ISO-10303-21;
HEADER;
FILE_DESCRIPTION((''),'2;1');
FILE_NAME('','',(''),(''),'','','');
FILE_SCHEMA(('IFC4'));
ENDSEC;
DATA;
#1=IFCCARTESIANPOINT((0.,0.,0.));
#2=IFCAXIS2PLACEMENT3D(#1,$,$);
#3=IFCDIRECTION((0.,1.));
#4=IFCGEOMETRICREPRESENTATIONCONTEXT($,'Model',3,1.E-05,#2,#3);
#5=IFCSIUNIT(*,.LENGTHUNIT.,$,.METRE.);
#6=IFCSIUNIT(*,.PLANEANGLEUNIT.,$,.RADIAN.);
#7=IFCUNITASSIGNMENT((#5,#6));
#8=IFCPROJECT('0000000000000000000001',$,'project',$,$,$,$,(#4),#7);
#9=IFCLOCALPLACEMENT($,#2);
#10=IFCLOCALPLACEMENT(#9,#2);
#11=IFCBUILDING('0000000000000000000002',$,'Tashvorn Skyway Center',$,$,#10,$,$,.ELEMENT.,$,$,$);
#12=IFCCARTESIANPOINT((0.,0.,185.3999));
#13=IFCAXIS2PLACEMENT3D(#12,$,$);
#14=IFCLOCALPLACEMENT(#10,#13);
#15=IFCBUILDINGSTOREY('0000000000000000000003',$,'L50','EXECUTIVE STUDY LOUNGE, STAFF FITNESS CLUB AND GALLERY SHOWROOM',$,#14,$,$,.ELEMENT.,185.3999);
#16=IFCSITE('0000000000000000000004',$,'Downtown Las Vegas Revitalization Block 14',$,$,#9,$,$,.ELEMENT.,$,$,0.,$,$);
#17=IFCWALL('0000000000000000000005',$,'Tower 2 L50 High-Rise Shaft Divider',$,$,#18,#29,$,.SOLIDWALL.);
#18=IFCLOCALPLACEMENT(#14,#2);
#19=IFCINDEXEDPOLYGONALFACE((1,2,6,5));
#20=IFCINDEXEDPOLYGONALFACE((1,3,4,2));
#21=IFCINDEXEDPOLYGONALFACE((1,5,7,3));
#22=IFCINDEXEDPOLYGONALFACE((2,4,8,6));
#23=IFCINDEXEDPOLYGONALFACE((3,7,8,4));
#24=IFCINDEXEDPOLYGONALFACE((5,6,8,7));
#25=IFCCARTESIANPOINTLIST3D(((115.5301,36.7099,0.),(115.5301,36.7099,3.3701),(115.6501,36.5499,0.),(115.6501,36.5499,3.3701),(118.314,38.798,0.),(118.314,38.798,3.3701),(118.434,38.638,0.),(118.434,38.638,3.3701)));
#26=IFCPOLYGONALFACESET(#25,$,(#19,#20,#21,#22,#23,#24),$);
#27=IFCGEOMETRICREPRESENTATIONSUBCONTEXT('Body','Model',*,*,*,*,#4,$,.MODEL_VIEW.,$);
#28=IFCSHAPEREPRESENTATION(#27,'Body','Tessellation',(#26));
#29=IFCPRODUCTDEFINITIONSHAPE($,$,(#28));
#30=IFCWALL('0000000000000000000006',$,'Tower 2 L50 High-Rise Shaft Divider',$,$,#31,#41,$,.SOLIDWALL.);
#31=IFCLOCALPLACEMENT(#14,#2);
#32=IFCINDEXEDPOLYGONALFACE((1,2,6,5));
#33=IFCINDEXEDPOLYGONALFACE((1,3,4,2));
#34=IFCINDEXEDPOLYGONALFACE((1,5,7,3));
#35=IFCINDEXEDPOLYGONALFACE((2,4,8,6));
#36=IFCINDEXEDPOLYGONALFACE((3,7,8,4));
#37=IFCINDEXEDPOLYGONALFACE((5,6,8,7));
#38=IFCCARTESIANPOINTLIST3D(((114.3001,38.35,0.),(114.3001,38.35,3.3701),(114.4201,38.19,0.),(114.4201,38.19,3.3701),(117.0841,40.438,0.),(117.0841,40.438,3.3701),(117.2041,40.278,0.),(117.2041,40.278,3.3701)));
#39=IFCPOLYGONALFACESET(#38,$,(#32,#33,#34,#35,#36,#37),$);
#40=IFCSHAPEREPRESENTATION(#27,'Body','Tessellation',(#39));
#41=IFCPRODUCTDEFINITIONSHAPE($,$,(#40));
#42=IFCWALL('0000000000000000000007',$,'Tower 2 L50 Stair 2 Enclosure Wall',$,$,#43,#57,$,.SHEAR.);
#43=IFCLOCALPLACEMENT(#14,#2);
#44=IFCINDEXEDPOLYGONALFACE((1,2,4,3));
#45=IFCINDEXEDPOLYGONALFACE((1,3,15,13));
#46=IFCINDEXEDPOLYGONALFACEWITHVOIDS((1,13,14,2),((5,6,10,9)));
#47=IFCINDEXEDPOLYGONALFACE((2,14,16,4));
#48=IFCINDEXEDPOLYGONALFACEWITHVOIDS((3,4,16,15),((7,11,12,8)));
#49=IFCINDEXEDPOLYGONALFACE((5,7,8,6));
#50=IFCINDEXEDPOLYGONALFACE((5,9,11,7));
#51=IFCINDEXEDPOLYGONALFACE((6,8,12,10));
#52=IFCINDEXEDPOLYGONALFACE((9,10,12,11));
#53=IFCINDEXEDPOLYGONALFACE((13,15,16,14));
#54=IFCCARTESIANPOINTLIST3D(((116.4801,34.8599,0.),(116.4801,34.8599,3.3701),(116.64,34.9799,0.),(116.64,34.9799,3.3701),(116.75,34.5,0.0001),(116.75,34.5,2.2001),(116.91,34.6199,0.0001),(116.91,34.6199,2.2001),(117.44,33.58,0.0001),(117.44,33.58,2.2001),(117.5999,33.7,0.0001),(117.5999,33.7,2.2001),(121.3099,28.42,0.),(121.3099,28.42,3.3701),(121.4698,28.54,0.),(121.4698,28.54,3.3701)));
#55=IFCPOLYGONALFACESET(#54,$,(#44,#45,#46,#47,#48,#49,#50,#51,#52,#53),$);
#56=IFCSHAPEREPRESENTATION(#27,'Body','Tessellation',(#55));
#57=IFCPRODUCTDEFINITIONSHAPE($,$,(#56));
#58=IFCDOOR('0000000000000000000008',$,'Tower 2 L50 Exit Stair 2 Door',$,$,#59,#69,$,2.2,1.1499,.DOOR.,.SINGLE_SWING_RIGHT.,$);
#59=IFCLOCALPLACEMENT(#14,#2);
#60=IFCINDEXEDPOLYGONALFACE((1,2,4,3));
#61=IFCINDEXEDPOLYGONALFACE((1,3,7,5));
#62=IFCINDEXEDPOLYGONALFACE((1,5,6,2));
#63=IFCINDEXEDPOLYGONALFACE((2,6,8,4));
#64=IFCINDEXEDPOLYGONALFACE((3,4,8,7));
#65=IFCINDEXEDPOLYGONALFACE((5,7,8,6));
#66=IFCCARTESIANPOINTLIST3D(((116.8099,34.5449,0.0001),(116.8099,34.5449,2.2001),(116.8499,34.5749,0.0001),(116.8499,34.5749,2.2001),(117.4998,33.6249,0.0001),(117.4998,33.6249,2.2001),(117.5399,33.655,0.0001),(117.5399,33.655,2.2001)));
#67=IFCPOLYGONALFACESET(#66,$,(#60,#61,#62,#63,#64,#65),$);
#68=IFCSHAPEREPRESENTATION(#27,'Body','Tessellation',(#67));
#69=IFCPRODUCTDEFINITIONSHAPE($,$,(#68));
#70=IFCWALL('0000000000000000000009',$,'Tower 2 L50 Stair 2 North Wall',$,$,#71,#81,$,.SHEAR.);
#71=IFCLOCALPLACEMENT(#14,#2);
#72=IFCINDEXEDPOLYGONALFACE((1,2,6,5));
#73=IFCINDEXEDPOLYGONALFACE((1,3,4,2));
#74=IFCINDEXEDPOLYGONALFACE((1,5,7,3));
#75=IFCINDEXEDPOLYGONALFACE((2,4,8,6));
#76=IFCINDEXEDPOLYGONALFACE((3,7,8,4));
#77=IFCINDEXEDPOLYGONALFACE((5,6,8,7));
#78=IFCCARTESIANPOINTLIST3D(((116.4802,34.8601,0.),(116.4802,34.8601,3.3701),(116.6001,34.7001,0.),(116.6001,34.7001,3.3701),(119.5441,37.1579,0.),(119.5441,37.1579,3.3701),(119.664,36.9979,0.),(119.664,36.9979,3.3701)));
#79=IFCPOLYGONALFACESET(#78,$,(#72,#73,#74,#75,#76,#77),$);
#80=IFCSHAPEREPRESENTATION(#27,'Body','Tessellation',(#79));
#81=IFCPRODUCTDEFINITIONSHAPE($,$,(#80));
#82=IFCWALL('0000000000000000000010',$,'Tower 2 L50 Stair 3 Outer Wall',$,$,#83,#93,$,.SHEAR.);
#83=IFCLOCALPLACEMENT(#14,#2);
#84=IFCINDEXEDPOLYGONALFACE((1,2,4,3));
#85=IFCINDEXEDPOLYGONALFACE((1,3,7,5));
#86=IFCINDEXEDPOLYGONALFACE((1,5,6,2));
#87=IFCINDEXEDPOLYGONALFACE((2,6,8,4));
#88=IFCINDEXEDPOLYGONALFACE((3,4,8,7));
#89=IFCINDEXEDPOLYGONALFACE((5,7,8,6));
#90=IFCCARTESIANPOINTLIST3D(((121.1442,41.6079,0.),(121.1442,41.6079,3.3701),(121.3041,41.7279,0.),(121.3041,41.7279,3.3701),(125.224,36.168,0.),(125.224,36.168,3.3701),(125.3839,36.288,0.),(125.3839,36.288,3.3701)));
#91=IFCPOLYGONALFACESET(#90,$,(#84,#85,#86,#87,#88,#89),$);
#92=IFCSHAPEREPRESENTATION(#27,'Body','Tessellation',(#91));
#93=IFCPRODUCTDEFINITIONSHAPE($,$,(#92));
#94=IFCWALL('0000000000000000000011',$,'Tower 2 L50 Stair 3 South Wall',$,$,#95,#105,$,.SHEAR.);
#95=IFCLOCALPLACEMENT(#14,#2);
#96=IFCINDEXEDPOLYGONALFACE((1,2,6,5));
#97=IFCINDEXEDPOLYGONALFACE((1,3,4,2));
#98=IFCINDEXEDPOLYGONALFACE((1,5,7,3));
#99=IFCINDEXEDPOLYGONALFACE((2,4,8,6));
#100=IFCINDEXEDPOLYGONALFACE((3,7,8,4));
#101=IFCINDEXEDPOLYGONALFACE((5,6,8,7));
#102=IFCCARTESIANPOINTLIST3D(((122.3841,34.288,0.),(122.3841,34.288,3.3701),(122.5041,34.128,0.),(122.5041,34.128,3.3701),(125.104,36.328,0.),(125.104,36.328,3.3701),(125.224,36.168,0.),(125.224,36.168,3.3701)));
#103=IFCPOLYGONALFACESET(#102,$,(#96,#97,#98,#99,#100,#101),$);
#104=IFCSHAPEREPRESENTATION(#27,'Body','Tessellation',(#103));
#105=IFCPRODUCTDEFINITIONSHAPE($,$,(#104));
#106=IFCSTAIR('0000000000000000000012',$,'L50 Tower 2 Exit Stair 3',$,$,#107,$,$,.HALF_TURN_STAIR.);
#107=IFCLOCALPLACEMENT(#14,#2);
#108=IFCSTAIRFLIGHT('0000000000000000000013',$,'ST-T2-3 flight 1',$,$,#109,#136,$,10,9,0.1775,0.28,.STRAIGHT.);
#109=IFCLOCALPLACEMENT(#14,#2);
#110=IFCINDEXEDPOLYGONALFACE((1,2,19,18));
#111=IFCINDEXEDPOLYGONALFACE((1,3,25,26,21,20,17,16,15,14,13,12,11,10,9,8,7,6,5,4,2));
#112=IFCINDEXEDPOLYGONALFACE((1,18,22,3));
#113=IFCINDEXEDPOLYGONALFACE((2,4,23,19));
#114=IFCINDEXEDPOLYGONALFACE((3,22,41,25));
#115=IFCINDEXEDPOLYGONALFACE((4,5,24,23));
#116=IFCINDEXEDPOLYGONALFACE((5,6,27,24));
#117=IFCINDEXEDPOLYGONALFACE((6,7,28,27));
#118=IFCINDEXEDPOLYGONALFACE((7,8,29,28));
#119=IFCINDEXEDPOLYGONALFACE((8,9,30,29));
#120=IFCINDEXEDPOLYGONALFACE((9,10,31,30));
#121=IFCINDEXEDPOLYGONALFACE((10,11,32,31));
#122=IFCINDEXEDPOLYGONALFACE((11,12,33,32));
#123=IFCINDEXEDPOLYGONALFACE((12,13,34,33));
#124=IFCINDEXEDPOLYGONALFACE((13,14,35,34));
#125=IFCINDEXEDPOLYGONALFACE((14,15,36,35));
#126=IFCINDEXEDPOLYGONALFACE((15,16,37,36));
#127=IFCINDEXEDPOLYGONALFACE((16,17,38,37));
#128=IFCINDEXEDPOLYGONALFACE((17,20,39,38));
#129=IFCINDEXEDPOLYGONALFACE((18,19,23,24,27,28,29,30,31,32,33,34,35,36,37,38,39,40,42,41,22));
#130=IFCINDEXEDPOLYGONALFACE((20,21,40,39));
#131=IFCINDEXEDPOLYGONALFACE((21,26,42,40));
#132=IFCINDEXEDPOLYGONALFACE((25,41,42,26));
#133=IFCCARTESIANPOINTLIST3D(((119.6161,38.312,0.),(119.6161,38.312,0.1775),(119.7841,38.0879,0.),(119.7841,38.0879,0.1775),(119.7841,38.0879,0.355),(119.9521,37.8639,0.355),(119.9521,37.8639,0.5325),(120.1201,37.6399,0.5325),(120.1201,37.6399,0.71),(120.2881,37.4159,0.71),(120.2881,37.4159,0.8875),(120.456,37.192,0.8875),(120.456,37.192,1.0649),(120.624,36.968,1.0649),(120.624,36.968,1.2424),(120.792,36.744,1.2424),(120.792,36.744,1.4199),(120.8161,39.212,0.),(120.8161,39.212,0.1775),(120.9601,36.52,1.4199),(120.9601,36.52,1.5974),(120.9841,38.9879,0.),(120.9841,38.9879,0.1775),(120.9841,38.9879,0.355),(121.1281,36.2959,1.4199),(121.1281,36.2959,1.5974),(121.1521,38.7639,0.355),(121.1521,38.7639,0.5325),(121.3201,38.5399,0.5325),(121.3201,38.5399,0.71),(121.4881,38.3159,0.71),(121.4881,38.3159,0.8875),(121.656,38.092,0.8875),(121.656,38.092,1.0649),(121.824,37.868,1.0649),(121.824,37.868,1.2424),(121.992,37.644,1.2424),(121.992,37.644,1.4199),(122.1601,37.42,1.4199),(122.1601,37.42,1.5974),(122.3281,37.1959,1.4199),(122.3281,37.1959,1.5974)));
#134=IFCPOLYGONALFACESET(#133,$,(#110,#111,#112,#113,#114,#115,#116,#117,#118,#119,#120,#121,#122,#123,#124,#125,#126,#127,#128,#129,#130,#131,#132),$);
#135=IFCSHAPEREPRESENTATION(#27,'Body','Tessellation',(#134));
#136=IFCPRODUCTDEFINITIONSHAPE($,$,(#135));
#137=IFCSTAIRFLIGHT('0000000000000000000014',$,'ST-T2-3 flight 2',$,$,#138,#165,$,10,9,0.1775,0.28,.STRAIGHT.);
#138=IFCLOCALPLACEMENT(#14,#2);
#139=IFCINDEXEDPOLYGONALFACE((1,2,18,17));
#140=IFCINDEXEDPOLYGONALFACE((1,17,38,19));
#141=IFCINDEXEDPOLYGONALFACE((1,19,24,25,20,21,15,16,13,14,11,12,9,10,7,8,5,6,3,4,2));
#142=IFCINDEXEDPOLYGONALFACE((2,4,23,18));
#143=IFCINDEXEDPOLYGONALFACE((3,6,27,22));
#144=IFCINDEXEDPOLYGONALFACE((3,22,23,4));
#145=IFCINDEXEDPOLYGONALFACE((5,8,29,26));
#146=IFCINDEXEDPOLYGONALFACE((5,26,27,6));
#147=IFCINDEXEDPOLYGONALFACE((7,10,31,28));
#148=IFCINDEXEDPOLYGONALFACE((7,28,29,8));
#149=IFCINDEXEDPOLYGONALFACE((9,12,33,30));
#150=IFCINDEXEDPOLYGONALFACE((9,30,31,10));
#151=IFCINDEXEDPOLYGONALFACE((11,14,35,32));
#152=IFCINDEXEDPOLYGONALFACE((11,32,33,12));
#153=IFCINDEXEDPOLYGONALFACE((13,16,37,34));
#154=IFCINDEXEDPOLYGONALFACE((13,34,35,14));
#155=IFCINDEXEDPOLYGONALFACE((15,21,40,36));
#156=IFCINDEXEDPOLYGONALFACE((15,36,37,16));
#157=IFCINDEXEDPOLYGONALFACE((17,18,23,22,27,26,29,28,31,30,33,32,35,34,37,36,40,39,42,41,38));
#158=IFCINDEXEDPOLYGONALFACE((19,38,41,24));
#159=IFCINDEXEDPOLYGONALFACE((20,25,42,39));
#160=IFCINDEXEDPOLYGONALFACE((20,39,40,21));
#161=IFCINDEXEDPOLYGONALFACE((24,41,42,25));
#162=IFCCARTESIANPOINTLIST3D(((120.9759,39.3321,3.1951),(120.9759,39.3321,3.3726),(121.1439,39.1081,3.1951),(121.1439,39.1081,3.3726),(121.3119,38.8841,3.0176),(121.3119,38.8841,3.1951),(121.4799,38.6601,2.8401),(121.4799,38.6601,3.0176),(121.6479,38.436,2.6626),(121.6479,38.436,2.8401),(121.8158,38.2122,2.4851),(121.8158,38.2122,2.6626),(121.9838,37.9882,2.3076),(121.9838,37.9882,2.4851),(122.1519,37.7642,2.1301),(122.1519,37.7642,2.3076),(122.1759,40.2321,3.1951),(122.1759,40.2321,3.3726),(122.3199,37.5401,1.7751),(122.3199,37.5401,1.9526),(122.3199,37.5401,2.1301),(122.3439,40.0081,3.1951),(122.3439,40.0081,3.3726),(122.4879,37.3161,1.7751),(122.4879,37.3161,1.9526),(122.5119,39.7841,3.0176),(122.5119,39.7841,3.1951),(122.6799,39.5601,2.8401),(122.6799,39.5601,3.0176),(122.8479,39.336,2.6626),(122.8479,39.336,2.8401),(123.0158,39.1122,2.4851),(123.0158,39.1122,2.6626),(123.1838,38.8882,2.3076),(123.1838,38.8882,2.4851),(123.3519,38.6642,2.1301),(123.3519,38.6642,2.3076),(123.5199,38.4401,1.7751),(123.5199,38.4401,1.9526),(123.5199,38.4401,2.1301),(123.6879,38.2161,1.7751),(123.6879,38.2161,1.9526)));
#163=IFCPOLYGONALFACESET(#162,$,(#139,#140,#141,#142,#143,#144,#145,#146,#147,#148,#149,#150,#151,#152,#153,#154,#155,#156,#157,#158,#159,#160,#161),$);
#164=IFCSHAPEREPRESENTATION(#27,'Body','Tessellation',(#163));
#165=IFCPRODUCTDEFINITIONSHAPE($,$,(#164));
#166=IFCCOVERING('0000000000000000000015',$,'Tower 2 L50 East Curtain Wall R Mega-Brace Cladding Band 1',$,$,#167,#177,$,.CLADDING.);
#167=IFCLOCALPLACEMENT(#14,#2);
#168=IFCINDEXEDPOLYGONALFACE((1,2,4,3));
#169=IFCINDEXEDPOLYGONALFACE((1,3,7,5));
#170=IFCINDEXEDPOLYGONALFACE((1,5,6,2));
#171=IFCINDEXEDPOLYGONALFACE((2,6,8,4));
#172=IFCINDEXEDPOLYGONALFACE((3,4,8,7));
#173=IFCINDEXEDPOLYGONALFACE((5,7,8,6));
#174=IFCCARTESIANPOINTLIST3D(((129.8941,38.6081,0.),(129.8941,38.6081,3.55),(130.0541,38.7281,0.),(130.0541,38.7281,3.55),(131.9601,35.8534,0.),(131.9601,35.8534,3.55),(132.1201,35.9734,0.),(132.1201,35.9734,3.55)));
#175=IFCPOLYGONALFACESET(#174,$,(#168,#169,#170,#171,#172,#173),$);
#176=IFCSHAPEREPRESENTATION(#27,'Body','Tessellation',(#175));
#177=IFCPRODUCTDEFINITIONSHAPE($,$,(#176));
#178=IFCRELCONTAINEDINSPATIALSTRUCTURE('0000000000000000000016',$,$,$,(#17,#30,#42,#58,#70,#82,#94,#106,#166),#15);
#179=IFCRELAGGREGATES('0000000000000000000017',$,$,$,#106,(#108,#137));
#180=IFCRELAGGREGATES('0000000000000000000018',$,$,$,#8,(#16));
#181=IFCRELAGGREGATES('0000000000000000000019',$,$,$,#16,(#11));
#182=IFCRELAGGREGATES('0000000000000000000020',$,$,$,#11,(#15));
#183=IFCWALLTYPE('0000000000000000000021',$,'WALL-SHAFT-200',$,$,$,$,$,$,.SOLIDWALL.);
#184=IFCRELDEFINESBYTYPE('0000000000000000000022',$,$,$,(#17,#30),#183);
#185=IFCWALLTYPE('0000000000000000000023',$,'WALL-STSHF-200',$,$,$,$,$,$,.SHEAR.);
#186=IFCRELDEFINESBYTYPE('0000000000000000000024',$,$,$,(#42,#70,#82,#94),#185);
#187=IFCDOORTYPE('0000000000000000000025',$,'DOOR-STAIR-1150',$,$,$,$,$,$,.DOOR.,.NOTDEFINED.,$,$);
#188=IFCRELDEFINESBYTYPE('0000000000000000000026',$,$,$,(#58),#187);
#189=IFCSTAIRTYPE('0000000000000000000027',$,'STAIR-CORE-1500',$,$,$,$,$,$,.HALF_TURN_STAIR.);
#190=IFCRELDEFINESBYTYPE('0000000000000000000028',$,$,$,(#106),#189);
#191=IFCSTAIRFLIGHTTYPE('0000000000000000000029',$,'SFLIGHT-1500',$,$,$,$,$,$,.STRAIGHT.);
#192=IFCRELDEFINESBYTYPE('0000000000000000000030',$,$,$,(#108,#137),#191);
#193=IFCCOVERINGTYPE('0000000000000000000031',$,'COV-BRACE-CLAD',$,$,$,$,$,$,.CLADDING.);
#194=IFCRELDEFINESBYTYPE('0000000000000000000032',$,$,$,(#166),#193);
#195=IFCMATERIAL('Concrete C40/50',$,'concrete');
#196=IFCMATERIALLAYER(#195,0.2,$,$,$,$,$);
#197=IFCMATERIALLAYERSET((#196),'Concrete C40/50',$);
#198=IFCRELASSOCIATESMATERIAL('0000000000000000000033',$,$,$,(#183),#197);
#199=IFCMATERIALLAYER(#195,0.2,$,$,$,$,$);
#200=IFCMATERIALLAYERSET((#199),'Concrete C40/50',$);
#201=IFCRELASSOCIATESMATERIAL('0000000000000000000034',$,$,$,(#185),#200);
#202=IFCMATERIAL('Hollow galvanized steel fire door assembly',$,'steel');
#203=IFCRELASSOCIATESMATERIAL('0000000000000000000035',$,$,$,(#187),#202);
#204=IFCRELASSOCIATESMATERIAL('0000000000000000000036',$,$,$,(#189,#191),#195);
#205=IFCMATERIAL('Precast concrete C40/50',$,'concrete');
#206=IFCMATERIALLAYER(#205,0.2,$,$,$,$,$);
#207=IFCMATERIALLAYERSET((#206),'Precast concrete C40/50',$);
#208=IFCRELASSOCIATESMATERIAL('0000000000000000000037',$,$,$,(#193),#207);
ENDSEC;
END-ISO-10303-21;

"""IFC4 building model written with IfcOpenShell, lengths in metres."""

from ifc_helpers import new_model, si_unit, direction, frame, frame_2d, origin, origin_2d, place, context, subcontext, project, spatial, polyline, rectangle, outline, extrude, material, layer, layer_set, type_object, element, fill, aggregate, save


model = new_model("IFC4")

# Units and contexts
model_context = context("Model", 3, precision=1e-05, world=origin(), true_north=direction((0.0, 1.0)))
body_context = subcontext(model_context, "Body", "Model", "MODEL_VIEW")
ifc_project = project(units=[si_unit("LENGTHUNIT", "METRE"), si_unit("PLANEANGLEUNIT", "RADIAN")], contexts=[model_context])

# Site, building, storey
site_placement = place(None, origin())
site = spatial("IfcSite", under=ifc_project, at=site_placement, Name="Downtown Las Vegas Revitalization Block 14", CompositionType="ELEMENT", RefElevation=0.0)
building_placement = place(site_placement, origin())
building = spatial("IfcBuilding", under=site, at=building_placement, Name="Tashvorn Skyway Center", CompositionType="ELEMENT")
storey_placement = place(building_placement, frame((0.0, 0.0, 185.3999)))
storey = spatial("IfcBuildingStorey", under=building, at=storey_placement, Name="L50", Description="EXECUTIVE STUDY LOUNGE, STAFF FITNESS CLUB AND GALLERY SHOWROOM", CompositionType="ELEMENT", Elevation=185.3999)

# Walls
ifc_material_1 = material(Name="Concrete C40/50", Category="concrete")
ifc_layer_1 = layer(ifc_material_1, 0.2)
ifc_layer_set_1 = layer_set([ifc_layer_1], Name="Concrete C40/50")
wall_type_1 = type_object("IfcWallType", Name="WALL-SHAFT-200", PredefinedType="SOLIDWALL", material=ifc_layer_set_1)
for number, where, z_axis, x_axis, name in (
    (1, (115.5901, 36.6299, 0.0), (0.0, 0.0, 1.0), (0.799975, 0.600034, 0.0), "Tower 2 L50 High-Rise Shaft Divider"),
    (2, (114.3601, 38.27, 0.0), (0.0, 0.0, 1.0), (0.800008, 0.599989, 0.0), "Tower 2 L50 High-Rise Shaft Divider"),
):
    element("IfcWall", number, at=place(storey_placement, frame(where, z_axis=z_axis, x_axis=x_axis)), inside=storey, type_object=wall_type_1, Name=name, PredefinedType="SOLIDWALL", context=body_context, shape_type="SweptSolid", body=[
        extrude(rectangle(XDim=3.48, YDim=0.2, at=frame_2d((1.74, 0.0))), origin(), (0.0, 0.0, 1.0), 3.3701),
    ])

# Wall, opening, door
ifc_layer_2 = layer(ifc_material_1, 0.2)
ifc_layer_set_2 = layer_set([ifc_layer_2], Name="Concrete C40/50")
wall_type_2 = type_object("IfcWallType", Name="WALL-STSHF-200", PredefinedType="SHEAR", material=ifc_layer_set_2)
wall_1_placement = place(storey_placement, frame((116.5601, 34.9199, 0.0), z_axis=(0.0, 0.0, 1.0), x_axis=(0.59999, -0.800007, 0.0)))
wall_1 = element("IfcWall", 3, at=wall_1_placement, inside=storey, type_object=wall_type_2, Name="Tower 2 L50 Stair 2 Enclosure Wall", PredefinedType="SHEAR", context=body_context, shape_type="SweptSolid", body=[
    extrude(rectangle(XDim=8.0498, YDim=0.2, at=frame_2d((4.0249, 0.0))), origin(), (0.0, 0.0, 1.0), 3.3701),
])
opening_placement = place(wall_1_placement, frame((0.45, 0.0, 0.0)))
opening = element("IfcOpeningElement", 4, at=opening_placement, cuts=wall_1, PredefinedType="OPENING", context=body_context, shape_type="SweptSolid", body=[
    extrude(rectangle(XDim=1.1499, YDim=2.2, at=frame_2d((0.575, 1.1001))), frame((0.0, 0.1099, 0.0), z_axis=(0.0, -1.0, 0.0), x_axis=(1.0, 0.0, 0.0)), (0.0, 0.0, 1.0), 0.22),
])
ifc_material_2 = material(Name="Hollow galvanized steel fire door assembly", Category="steel")
door_type = type_object("IfcDoorType", Name="DOOR-STAIR-1150", OperationType="NOTDEFINED", PredefinedType="DOOR", material=ifc_material_2)
door_placement = place(opening_placement, origin())
door = element("IfcDoor", 5, at=door_placement, inside=storey, type_object=door_type, Name="Tower 2 L50 Exit Stair 2 Door", OperationType="SINGLE_SWING_RIGHT", OverallHeight=2.2, OverallWidth=1.1499, PredefinedType="DOOR", context=body_context, shape_type="SweptSolid", body=[
    extrude(rectangle(XDim=1.1499, YDim=2.2, at=frame_2d((0.575, 1.1001))), frame((0.0, 0.0249, 0.0), z_axis=(0.0, -1.0, 0.0), x_axis=(1.0, 0.0, 0.0)), (0.0, 0.0, 1.0), 0.05),
])
fill(opening, door)

# Walls
wall_2_placement = place(storey_placement, frame((116.54, 34.78, 0.0), z_axis=(0.0, 0.0, 1.0), x_axis=(0.800015, 0.59998, 0.0)))
element("IfcWall", 6, at=wall_2_placement, inside=storey, type_object=wall_type_2, Name="Tower 2 L50 Stair 2 North Wall", PredefinedType="SHEAR", context=body_context, shape_type="SweptSolid", body=[
    extrude(rectangle(XDim=3.8298, YDim=0.2, at=frame_2d((1.915, 0.0))), origin(), (0.0, 0.0, 1.0), 3.3701),
])
wall_3_placement = place(storey_placement, frame((125.304, 36.228, 0.0), z_axis=(0.0, 0.0, 1.0), x_axis=(-0.599989, 0.800009, 0.0)))
element("IfcWall", 7, at=wall_3_placement, inside=storey, type_object=wall_type_2, Name="Tower 2 L50 Stair 3 Outer Wall", PredefinedType="SHEAR", context=body_context, shape_type="SweptSolid", body=[
    extrude(rectangle(XDim=6.7998, YDim=0.2, at=frame_2d((3.3999, 0.0))), origin(), (0.0, 0.0, 1.0), 3.3701),
])
wall_4_placement = place(storey_placement, frame((122.4441, 34.208, 0.0), z_axis=(0.0, 0.0, 1.0), x_axis=(0.799991, 0.600011, 0.0)))
element("IfcWall", 8, at=wall_4_placement, inside=storey, type_object=wall_type_2, Name="Tower 2 L50 Stair 3 South Wall", PredefinedType="SHEAR", context=body_context, shape_type="SweptSolid", body=[
    extrude(rectangle(XDim=3.3999, YDim=0.2, at=frame_2d((1.7, 0.0))), origin(), (0.0, 0.0, 1.0), 3.3701),
])

# Stair, stair flights
stair_type = type_object("IfcStairType", Name="STAIR-CORE-1500", PredefinedType="HALF_TURN_STAIR", material=ifc_material_1)
stair_placement = place(storey_placement, origin())
stair = element("IfcStair", 9, at=stair_placement, inside=storey, type_object=stair_type, Name="L50 Tower 2 Exit Stair 3", PredefinedType="HALF_TURN_STAIR")
stair_flight_type = type_object("IfcStairFlightType", Name="SFLIGHT-1500", PredefinedType="STRAIGHT", material=ifc_material_1)
stair_flight_1_placement = place(storey_placement, frame((120.2161, 38.762, 0.0), z_axis=(0.0, 0.0, 1.0), x_axis=(0.6, -0.8, 0.0)))
stair_flight_1 = element("IfcStairFlight", 10, at=stair_flight_1_placement, type_object=stair_flight_type, Name="ST-T2-3 flight 1", NumberOfRisers=10, NumberOfTreads=9, PredefinedType="STRAIGHT", RiserHeight=0.1775, TreadLength=0.28, context=body_context, shape_type="SweptSolid", body=[
    extrude(outline(polyline([(0.0, 0.0), (0.0, 0.1775), (0.28, 0.1775), (0.28, 0.355), (0.5601, 0.355), (0.5601, 0.5325), (0.8401, 0.5325), (0.8401, 0.71), (1.1201, 0.71), (1.1201, 0.8875), (1.3999, 0.8875), (1.3999, 1.0649), (1.6799, 1.0649), (1.6799, 1.2424), (1.96, 1.2424), (1.96, 1.4199), (2.24, 1.4199), (2.24, 1.5974), (2.52, 1.5974), (2.52, 1.7749), (2.52, 1.4199), (0.28, 0.0), (0.0, 0.0)])), frame((0.0, 0.75, 0.0), z_axis=(0.0, -1.0, 0.0), x_axis=(1.0, 0.0, 0.0)), (0.0, 0.0, 1.0), 1.5),
])
stair_flight_2_placement = place(storey_placement, frame((123.0879, 37.7661, 1.7751), z_axis=(0.0, 0.0, 1.0), x_axis=(-0.6, 0.8, 0.0)))
stair_flight_2 = element("IfcStairFlight", 11, at=stair_flight_2_placement, type_object=stair_flight_type, Name="ST-T2-3 flight 2", NumberOfRisers=10, NumberOfTreads=9, PredefinedType="STRAIGHT", RiserHeight=0.1775, TreadLength=0.28, context=body_context, shape_type="SweptSolid", body=[
    extrude(outline(polyline([(0.0, 0.0), (0.0, 0.1775), (0.28, 0.1775), (0.28, 0.355), (0.5601, 0.355), (0.5601, 0.5325), (0.8401, 0.5325), (0.8401, 0.71), (1.1201, 0.71), (1.1201, 0.8875), (1.3999, 0.8875), (1.3999, 1.0649), (1.6799, 1.0649), (1.6799, 1.2424), (1.96, 1.2424), (1.96, 1.4199), (2.24, 1.4199), (2.24, 1.5974), (2.52, 1.5974), (2.52, 1.7749), (2.52, 1.4199), (0.28, 0.0), (0.0, 0.0)])), frame((0.0, 0.75, 0.0), z_axis=(0.0, -1.0, 0.0), x_axis=(1.0, 0.0, 0.0)), (0.0, 0.0, 1.0), 1.5),
])
aggregate(stair, [stair_flight_1, stair_flight_2])

# Covering
ifc_material_3 = material(Name="Precast concrete C40/50", Category="concrete")
ifc_layer_3 = layer(ifc_material_3, 0.2)
ifc_layer_set_3 = layer_set([ifc_layer_3], Name="Precast concrete C40/50")
covering_type_1 = type_object("IfcCoveringType", Name="COV-BRACE-CLAD", PredefinedType="CLADDING", material=ifc_layer_set_3)
covering_placement = place(storey_placement, frame((131.0071, 37.2908, 0.0), z_axis=(0.0, 0.0, 1.0), x_axis=(0.6, -0.8, 0.0)))
element("IfcCovering", 12, at=covering_placement, inside=storey, type_object=covering_type_1, Name="Tower 2 L50 East Curtain Wall R Mega-Brace Cladding Band 1", PredefinedType="CLADDING", context=body_context, shape_type="SweptSolid", body=[
    extrude(rectangle(XDim=3.4434, YDim=0.2, at=origin_2d()), origin(), (0.0, 0.0, 1.0), 3.55),
])

save(model, "model.ifc")
